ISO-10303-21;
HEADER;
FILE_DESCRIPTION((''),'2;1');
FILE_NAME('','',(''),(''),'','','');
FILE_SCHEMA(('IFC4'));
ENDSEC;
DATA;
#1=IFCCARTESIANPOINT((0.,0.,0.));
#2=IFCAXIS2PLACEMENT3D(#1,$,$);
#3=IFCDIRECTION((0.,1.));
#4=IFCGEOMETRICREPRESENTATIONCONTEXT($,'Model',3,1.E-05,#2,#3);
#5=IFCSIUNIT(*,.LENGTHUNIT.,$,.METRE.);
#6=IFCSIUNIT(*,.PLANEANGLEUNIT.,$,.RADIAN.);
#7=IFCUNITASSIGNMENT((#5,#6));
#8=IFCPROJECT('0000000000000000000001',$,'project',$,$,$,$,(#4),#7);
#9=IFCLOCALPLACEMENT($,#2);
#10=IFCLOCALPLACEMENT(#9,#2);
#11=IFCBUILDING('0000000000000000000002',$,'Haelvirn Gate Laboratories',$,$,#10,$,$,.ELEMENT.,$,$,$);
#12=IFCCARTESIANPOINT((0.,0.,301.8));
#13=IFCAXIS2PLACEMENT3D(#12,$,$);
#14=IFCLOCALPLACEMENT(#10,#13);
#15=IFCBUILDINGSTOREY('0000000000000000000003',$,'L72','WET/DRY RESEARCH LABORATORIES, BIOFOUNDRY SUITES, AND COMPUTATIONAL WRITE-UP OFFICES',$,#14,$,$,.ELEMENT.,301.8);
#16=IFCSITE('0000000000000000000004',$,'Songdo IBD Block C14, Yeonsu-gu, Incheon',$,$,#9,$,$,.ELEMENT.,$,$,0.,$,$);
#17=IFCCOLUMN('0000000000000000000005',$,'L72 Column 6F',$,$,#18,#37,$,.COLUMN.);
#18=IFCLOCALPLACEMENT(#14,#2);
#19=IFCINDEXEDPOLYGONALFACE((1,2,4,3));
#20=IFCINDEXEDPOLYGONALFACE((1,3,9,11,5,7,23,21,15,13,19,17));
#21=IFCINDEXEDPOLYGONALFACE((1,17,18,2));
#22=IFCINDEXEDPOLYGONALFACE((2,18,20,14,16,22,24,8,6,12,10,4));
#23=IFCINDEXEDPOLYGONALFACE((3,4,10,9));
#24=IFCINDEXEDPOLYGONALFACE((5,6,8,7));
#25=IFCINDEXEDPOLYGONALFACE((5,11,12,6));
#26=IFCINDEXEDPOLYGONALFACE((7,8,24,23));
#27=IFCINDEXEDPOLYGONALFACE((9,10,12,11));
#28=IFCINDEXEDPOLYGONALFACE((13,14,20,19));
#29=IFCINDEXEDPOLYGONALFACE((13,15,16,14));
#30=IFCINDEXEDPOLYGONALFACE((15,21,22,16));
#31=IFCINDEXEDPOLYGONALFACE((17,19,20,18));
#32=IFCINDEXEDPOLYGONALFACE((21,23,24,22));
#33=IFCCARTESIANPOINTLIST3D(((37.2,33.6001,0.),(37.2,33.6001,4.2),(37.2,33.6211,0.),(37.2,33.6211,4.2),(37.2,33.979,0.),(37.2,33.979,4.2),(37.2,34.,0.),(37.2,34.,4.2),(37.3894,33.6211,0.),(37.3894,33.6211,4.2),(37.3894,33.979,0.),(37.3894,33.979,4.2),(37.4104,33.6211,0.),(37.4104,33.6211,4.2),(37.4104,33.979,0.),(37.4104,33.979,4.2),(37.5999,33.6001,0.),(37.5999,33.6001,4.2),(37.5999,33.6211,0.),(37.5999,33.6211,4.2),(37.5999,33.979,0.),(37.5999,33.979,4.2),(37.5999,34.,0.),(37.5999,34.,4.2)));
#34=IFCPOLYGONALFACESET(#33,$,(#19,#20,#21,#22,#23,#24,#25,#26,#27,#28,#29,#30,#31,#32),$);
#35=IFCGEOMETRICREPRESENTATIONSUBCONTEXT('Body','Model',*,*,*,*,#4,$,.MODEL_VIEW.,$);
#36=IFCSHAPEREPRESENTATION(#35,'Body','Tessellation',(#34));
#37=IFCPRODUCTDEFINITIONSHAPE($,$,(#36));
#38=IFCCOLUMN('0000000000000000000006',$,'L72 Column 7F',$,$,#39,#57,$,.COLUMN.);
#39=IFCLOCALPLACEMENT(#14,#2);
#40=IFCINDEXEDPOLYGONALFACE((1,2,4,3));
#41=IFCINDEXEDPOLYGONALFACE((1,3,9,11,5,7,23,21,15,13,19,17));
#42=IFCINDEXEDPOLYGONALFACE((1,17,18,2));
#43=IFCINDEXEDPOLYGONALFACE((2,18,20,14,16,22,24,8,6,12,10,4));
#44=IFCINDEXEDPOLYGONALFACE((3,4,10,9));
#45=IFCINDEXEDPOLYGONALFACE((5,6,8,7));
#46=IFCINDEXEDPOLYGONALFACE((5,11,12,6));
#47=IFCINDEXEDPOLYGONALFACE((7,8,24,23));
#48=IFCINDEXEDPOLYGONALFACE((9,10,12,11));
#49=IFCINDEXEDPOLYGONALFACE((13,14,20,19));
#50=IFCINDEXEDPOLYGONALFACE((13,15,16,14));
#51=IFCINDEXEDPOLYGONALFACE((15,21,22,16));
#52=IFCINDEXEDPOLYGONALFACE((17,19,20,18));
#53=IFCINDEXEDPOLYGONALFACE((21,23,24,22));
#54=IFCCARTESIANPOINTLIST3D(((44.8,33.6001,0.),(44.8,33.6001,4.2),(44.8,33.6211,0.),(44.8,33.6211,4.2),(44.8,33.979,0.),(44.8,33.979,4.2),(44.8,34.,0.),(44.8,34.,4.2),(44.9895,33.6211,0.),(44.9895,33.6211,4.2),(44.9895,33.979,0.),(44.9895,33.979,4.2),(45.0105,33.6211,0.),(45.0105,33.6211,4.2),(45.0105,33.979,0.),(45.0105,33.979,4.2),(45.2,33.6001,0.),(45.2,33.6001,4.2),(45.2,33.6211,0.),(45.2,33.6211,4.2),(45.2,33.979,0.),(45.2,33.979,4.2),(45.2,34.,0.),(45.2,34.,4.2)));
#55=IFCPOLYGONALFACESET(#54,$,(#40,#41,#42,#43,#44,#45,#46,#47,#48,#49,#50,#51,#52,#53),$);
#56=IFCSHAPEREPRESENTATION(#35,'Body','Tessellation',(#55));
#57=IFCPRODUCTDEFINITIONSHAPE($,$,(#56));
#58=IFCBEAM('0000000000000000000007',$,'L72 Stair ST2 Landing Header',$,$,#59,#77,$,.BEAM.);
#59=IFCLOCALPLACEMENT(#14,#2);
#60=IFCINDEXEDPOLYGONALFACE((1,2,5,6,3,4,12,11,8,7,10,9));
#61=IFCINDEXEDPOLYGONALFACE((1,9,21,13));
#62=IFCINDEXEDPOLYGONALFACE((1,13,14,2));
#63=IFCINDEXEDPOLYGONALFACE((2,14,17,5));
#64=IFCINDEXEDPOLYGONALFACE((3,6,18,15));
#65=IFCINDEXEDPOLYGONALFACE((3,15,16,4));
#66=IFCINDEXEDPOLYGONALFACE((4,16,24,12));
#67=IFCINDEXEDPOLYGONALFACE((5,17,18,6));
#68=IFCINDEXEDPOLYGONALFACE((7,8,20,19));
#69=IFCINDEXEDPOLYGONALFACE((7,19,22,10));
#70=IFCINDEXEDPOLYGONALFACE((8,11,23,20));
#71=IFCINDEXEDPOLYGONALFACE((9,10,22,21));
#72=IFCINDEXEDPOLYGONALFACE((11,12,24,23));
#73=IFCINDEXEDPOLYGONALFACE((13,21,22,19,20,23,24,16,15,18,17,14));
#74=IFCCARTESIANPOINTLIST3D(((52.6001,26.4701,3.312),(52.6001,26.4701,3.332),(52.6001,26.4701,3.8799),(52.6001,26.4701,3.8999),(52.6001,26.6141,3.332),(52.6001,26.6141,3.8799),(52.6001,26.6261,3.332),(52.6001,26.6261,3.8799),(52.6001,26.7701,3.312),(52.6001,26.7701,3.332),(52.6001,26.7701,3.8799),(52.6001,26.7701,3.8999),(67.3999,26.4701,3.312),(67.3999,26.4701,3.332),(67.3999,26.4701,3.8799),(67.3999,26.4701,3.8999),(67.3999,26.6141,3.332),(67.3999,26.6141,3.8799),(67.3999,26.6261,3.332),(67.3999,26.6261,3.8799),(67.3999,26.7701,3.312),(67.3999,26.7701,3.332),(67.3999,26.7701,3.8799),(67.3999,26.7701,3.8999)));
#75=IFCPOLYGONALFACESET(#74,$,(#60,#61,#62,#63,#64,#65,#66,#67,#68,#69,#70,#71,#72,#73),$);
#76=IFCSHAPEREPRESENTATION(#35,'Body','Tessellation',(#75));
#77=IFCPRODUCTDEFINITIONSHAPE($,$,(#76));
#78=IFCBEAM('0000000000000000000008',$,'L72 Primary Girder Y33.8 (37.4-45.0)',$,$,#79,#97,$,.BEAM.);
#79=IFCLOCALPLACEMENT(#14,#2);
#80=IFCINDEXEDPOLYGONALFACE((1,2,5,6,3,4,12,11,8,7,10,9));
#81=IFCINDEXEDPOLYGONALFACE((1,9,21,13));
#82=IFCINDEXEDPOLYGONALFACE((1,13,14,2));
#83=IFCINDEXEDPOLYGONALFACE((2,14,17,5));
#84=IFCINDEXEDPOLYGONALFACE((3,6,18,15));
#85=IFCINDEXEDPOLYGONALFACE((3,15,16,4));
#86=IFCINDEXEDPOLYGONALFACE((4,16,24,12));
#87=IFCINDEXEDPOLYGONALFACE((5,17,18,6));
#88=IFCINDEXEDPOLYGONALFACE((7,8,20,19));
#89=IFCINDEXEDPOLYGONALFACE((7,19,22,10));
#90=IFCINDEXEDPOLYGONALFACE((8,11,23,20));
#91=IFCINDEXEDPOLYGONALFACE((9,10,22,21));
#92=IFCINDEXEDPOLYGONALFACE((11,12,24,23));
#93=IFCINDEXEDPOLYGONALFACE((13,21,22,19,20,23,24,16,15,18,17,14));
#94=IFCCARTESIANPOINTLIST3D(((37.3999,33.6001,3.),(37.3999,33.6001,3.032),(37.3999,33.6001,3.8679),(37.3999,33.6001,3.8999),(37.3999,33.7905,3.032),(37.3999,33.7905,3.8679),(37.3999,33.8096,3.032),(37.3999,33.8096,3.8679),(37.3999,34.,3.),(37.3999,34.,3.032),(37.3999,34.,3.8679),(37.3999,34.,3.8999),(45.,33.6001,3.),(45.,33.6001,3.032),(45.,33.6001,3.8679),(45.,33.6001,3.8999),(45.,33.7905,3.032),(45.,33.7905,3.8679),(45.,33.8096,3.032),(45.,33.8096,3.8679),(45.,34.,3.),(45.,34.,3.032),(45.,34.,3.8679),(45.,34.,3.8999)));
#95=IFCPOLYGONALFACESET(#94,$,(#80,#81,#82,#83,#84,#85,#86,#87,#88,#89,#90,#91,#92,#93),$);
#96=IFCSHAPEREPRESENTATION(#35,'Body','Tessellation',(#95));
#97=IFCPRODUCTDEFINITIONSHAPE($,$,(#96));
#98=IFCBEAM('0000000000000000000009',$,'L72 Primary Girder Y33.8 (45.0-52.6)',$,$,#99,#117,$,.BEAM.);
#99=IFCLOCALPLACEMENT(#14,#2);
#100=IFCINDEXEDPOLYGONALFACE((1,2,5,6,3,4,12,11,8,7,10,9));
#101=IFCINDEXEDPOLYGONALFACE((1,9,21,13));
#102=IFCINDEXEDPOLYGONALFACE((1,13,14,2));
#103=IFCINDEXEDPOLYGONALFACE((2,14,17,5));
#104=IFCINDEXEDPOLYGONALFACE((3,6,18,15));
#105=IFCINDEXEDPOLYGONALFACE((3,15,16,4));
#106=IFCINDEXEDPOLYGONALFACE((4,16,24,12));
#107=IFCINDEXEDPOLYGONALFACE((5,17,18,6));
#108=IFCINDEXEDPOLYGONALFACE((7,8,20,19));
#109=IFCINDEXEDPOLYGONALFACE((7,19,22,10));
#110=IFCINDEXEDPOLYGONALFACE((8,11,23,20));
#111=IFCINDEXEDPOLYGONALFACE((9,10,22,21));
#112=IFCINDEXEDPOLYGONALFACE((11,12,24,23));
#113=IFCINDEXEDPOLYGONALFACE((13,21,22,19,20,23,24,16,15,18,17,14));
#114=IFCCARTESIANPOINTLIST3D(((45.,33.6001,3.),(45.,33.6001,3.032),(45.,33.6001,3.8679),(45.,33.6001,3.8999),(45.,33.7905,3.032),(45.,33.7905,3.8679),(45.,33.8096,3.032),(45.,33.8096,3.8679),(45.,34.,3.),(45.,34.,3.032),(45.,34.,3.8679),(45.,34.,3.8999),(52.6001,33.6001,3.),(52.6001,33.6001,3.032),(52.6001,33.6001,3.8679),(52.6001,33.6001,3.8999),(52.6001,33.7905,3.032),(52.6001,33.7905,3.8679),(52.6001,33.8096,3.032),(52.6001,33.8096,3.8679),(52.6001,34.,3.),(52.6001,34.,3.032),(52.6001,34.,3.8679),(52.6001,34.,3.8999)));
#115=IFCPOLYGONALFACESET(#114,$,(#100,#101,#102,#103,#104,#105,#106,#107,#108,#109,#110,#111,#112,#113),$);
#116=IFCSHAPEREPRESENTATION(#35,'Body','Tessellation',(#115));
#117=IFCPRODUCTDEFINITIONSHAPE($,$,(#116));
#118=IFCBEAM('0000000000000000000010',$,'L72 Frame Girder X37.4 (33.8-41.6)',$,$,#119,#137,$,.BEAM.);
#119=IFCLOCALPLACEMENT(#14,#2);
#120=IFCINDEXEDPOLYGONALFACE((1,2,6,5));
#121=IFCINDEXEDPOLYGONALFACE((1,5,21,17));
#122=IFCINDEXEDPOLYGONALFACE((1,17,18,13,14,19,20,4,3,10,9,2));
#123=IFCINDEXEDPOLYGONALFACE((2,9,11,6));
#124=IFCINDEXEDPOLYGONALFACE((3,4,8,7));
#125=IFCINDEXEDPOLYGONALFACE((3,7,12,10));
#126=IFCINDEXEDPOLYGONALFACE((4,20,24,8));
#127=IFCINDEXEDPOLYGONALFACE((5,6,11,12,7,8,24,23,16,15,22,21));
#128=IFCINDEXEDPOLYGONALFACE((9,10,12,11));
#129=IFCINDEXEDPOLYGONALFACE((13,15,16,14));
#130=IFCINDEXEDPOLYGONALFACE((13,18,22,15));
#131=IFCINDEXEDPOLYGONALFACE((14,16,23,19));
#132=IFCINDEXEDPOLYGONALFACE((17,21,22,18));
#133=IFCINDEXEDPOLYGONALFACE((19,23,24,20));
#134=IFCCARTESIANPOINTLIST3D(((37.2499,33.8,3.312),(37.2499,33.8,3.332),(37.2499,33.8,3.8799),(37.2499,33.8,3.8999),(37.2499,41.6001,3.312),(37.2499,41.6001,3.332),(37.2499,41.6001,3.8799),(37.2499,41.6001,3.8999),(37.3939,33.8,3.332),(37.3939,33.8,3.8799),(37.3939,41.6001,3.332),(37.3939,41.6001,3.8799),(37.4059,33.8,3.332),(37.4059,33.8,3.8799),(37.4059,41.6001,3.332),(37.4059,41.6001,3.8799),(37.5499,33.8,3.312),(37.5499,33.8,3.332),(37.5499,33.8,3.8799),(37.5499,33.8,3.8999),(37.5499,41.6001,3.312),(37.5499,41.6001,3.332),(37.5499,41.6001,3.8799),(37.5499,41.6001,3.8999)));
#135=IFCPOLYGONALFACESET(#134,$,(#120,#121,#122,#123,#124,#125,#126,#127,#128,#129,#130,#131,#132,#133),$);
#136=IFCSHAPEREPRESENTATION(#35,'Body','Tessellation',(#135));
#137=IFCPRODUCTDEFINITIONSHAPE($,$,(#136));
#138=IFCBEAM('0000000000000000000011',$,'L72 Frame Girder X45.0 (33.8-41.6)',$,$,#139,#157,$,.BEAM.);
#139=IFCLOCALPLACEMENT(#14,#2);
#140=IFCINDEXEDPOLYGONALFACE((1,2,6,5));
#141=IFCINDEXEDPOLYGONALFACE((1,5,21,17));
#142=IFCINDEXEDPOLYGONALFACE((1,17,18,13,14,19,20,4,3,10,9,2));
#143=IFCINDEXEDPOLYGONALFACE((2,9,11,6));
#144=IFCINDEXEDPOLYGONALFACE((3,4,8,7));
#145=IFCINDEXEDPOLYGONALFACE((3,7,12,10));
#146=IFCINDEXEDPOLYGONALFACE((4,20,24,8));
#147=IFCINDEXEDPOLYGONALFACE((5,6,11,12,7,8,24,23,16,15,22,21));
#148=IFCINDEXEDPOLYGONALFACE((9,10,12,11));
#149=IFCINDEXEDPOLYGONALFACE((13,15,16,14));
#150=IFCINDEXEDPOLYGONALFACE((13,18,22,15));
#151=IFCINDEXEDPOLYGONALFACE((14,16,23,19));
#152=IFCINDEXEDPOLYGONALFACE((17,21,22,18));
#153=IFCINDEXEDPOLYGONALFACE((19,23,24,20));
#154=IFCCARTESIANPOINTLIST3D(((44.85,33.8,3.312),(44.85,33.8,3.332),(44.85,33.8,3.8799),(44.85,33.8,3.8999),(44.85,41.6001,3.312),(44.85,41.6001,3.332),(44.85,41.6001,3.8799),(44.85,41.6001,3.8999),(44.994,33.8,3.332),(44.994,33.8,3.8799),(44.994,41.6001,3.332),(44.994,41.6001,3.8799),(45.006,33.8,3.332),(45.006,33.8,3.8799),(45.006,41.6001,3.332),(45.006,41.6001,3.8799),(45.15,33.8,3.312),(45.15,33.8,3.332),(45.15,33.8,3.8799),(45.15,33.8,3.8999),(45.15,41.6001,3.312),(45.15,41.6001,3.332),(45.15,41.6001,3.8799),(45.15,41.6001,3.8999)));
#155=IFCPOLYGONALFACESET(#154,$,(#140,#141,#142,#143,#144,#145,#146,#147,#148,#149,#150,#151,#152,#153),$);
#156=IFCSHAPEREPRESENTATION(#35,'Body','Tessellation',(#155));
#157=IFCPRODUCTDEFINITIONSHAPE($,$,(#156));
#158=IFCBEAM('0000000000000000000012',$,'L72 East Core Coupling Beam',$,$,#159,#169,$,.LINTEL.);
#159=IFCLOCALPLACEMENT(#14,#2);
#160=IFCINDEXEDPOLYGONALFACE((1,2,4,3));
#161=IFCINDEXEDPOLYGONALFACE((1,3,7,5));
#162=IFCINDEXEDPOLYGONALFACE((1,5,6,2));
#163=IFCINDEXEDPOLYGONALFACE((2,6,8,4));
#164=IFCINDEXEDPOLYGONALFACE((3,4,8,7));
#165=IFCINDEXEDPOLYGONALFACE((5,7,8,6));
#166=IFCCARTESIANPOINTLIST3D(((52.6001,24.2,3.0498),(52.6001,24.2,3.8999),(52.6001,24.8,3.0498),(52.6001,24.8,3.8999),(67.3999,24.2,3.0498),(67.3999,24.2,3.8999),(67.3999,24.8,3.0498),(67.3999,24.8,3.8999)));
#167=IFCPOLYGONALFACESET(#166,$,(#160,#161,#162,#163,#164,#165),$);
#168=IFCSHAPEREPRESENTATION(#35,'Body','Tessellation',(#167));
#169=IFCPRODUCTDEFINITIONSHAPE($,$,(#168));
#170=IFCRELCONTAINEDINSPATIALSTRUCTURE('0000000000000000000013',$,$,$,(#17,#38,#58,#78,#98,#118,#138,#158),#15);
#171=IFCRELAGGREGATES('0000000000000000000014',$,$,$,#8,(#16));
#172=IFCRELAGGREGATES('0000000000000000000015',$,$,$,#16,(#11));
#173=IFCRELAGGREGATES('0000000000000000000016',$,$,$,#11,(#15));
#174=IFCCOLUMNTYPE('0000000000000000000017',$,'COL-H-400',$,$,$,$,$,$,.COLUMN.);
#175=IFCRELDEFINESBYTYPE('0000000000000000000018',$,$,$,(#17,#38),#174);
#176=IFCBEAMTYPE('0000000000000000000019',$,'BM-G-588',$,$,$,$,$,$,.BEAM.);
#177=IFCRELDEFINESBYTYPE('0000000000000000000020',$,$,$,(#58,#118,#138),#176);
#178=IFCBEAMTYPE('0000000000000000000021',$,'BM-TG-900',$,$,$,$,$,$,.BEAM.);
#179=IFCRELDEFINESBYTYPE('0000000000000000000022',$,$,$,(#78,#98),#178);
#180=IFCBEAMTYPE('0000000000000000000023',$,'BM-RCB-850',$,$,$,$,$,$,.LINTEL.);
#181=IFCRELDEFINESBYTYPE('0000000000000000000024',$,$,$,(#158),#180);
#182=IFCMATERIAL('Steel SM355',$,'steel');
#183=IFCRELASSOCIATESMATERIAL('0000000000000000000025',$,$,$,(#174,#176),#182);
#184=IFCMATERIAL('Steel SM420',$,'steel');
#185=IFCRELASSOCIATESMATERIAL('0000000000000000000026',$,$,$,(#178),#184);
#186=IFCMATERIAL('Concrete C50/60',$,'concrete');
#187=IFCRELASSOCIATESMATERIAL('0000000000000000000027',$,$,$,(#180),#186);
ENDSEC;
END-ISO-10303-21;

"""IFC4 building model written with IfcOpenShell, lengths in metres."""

from ifc_helpers import new_model, si_unit, direction, frame, origin, origin_2d, place, context, subcontext, project, spatial, rectangle, i_section, extrude, source, transform, mapped, material, material_profile, profile_set, type_object, type_shapes, element, save


model = new_model("IFC4")

# Units and contexts
model_context = context("Model", 3, precision=1e-05, world=origin(), true_north=direction((0.0, 1.0)))
body_context = subcontext(model_context, "Body", "Model", "MODEL_VIEW")
ifc_project = project(units=[si_unit("LENGTHUNIT", "METRE"), si_unit("PLANEANGLEUNIT", "RADIAN")], contexts=[model_context])

# Site, building, storey
site_placement = place(None, origin())
site = spatial("IfcSite", under=ifc_project, at=site_placement, Name="Songdo IBD Block C14, Yeonsu-gu, Incheon", CompositionType="ELEMENT", RefElevation=0.0)
building_placement = place(site_placement, origin())
building = spatial("IfcBuilding", under=site, at=building_placement, Name="Haelvirn Gate Laboratories", CompositionType="ELEMENT")
storey_placement = place(building_placement, frame((0.0, 0.0, 301.8)))
storey = spatial("IfcBuildingStorey", under=building, at=storey_placement, Name="L72", Description="WET/DRY RESEARCH LABORATORIES, BIOFOUNDRY SUITES, AND COMPUTATIONAL WRITE-UP OFFICES", CompositionType="ELEMENT", Elevation=301.8)

# Columns
ifc_material_1 = material(Name="Steel SM355", Category="steel")
ifc_material_profile_1 = material_profile(ifc_material_1, i_section(OverallWidth=0.3999, OverallDepth=0.3999, WebThickness=0.021, FlangeThickness=0.021, at=origin_2d()), Name="H-400x400x21x21")
ifc_profile_set_1 = profile_set([ifc_material_profile_1], Name="Steel SM355")
column_type = type_object("IfcColumnType", Name="COL-H-400", PredefinedType="COLUMN", material=ifc_profile_set_1)
shared_shape_1 = source(origin(), body_context, "Body", "SweptSolid", [
    extrude(i_section(OverallWidth=0.3999, OverallDepth=0.3999, WebThickness=0.021, FlangeThickness=0.021, at=origin_2d()), origin(), (0.0, 0.0, 1.0), 4.2),
])
type_shapes(column_type, [shared_shape_1])
for number, where, z_axis, x_axis, name in (
    (1, (37.3999, 33.8, 0.0), (0.0, 0.0, 1.0), (1.0, 0.0, 0.0), "L72 Column 6F"),
    (2, (45.0, 33.8, 0.0), (0.0, 0.0, 1.0), (1.0, 0.0, 0.0), "L72 Column 7F"),
):
    element("IfcColumn", number, at=place(storey_placement, frame(where, z_axis=z_axis, x_axis=x_axis)), inside=storey, type_object=column_type, Name=name, PredefinedType="COLUMN", context=body_context, shape_type="MappedRepresentation", body=[
        mapped(shared_shape_1, transform((0.0, 0.0, 0.0), scale=1.0)),
    ])

# Beams
ifc_material_profile_2 = material_profile(ifc_material_1, i_section(OverallWidth=0.3, OverallDepth=0.5879, WebThickness=0.012, FlangeThickness=0.02, at=origin_2d()), Name="H-588x300x12x20")
ifc_profile_set_2 = profile_set([ifc_material_profile_2], Name="Steel SM355")
beam_type_1 = type_object("IfcBeamType", Name="BM-G-588", PredefinedType="BEAM", material=ifc_profile_set_2)
shared_shape_2 = source(origin(), body_context, "Body", "SweptSolid", [
    extrude(i_section(OverallWidth=0.3, OverallDepth=0.5879, WebThickness=0.012, FlangeThickness=0.02, at=origin_2d()), origin(), (0.0, 0.0, 1.0), 14.7998),
])
beam_1_placement = place(storey_placement, frame((52.6001, 26.6201, 3.606), z_axis=(1.0, 0.0, 0.0), x_axis=(0.0, 1.0, 0.0)))
element("IfcBeam", 3, at=beam_1_placement, inside=storey, type_object=beam_type_1, Name="L72 Stair ST2 Landing Header", PredefinedType="BEAM", context=body_context, shape_type="MappedRepresentation", body=[
    mapped(shared_shape_2, transform((0.0, 0.0, 0.0), scale=1.0)),
])
ifc_material_2 = material(Name="Steel SM420", Category="steel")
ifc_material_profile_3 = material_profile(ifc_material_2, i_section(OverallWidth=0.3999, OverallDepth=0.8999, WebThickness=0.019, FlangeThickness=0.032, at=origin_2d()), Name="H-900x400x19x32")
ifc_profile_set_3 = profile_set([ifc_material_profile_3], Name="Steel SM420")
beam_type_2 = type_object("IfcBeamType", Name="BM-TG-900", PredefinedType="BEAM", material=ifc_profile_set_3)
shared_shape_3 = source(origin(), body_context, "Body", "SweptSolid", [
    extrude(i_section(OverallWidth=0.3999, OverallDepth=0.8999, WebThickness=0.019, FlangeThickness=0.032, at=origin_2d()), origin(), (0.0, 0.0, 1.0), 7.6001),
])
type_shapes(beam_type_2, [shared_shape_3])
for number, where, z_axis, x_axis, name in (
    (4, (37.3999, 33.8, 3.45), (1.0, 0.0, 0.0), (0.0, 1.0, 0.0), "L72 Primary Girder Y33.8 (37.4-45.0)"),
    (5, (45.0, 33.8, 3.45), (1.0, 0.0, 0.0), (0.0, 1.0, 0.0), "L72 Primary Girder Y33.8 (45.0-52.6)"),
):
    element("IfcBeam", number, at=place(storey_placement, frame(where, z_axis=z_axis, x_axis=x_axis)), inside=storey, type_object=beam_type_2, Name=name, PredefinedType="BEAM", context=body_context, shape_type="MappedRepresentation", body=[
        mapped(shared_shape_3, transform((0.0, 0.0, 0.0), scale=1.0)),
    ])
shared_shape_4 = source(origin(), body_context, "Body", "SweptSolid", [
    extrude(i_section(OverallWidth=0.3, OverallDepth=0.5879, WebThickness=0.012, FlangeThickness=0.02, at=origin_2d()), origin(), (0.0, 0.0, 1.0), 7.8),
])
type_shapes(beam_type_1, [shared_shape_2, shared_shape_4])
for number, where, z_axis, x_axis, name in (
    (6, (37.3999, 33.8, 3.606), (0.0, 1.0, 0.0), (-1.0, 0.0, 0.0), "L72 Frame Girder X37.4 (33.8-41.6)"),
    (7, (45.0, 33.8, 3.606), (0.0, 1.0, 0.0), (-1.0, 0.0, 0.0), "L72 Frame Girder X45.0 (33.8-41.6)"),
):
    element("IfcBeam", number, at=place(storey_placement, frame(where, z_axis=z_axis, x_axis=x_axis)), inside=storey, type_object=beam_type_1, Name=name, PredefinedType="BEAM", context=body_context, shape_type="MappedRepresentation", body=[
        mapped(shared_shape_4, transform((0.0, 0.0, 0.0), scale=1.0)),
    ])
ifc_material_3 = material(Name="Concrete C50/60", Category="concrete")
ifc_material_profile_4 = material_profile(ifc_material_3, rectangle(XDim=0.6001, YDim=0.8501, at=origin_2d()), Name="RCB-600x850")
ifc_profile_set_4 = profile_set([ifc_material_profile_4], Name="Concrete C50/60")
beam_type_3 = type_object("IfcBeamType", Name="BM-RCB-850", PredefinedType="LINTEL", material=ifc_profile_set_4)
shared_shape_5 = source(origin(), body_context, "Body", "SweptSolid", [
    extrude(rectangle(XDim=0.6001, YDim=0.8501, at=origin_2d()), origin(), (0.0, 0.0, 1.0), 14.7998),
])
type_shapes(beam_type_3, [shared_shape_5])
beam_2_placement = place(storey_placement, frame((52.6001, 24.5, 3.4749), z_axis=(1.0, 0.0, 0.0), x_axis=(0.0, 1.0, 0.0)))
element("IfcBeam", 8, at=beam_2_placement, inside=storey, type_object=beam_type_3, Name="L72 East Core Coupling Beam", PredefinedType="LINTEL", context=body_context, shape_type="MappedRepresentation", body=[
    mapped(shared_shape_5, transform((0.0, 0.0, 0.0), scale=1.0)),
])

save(model, "model.ifc")
